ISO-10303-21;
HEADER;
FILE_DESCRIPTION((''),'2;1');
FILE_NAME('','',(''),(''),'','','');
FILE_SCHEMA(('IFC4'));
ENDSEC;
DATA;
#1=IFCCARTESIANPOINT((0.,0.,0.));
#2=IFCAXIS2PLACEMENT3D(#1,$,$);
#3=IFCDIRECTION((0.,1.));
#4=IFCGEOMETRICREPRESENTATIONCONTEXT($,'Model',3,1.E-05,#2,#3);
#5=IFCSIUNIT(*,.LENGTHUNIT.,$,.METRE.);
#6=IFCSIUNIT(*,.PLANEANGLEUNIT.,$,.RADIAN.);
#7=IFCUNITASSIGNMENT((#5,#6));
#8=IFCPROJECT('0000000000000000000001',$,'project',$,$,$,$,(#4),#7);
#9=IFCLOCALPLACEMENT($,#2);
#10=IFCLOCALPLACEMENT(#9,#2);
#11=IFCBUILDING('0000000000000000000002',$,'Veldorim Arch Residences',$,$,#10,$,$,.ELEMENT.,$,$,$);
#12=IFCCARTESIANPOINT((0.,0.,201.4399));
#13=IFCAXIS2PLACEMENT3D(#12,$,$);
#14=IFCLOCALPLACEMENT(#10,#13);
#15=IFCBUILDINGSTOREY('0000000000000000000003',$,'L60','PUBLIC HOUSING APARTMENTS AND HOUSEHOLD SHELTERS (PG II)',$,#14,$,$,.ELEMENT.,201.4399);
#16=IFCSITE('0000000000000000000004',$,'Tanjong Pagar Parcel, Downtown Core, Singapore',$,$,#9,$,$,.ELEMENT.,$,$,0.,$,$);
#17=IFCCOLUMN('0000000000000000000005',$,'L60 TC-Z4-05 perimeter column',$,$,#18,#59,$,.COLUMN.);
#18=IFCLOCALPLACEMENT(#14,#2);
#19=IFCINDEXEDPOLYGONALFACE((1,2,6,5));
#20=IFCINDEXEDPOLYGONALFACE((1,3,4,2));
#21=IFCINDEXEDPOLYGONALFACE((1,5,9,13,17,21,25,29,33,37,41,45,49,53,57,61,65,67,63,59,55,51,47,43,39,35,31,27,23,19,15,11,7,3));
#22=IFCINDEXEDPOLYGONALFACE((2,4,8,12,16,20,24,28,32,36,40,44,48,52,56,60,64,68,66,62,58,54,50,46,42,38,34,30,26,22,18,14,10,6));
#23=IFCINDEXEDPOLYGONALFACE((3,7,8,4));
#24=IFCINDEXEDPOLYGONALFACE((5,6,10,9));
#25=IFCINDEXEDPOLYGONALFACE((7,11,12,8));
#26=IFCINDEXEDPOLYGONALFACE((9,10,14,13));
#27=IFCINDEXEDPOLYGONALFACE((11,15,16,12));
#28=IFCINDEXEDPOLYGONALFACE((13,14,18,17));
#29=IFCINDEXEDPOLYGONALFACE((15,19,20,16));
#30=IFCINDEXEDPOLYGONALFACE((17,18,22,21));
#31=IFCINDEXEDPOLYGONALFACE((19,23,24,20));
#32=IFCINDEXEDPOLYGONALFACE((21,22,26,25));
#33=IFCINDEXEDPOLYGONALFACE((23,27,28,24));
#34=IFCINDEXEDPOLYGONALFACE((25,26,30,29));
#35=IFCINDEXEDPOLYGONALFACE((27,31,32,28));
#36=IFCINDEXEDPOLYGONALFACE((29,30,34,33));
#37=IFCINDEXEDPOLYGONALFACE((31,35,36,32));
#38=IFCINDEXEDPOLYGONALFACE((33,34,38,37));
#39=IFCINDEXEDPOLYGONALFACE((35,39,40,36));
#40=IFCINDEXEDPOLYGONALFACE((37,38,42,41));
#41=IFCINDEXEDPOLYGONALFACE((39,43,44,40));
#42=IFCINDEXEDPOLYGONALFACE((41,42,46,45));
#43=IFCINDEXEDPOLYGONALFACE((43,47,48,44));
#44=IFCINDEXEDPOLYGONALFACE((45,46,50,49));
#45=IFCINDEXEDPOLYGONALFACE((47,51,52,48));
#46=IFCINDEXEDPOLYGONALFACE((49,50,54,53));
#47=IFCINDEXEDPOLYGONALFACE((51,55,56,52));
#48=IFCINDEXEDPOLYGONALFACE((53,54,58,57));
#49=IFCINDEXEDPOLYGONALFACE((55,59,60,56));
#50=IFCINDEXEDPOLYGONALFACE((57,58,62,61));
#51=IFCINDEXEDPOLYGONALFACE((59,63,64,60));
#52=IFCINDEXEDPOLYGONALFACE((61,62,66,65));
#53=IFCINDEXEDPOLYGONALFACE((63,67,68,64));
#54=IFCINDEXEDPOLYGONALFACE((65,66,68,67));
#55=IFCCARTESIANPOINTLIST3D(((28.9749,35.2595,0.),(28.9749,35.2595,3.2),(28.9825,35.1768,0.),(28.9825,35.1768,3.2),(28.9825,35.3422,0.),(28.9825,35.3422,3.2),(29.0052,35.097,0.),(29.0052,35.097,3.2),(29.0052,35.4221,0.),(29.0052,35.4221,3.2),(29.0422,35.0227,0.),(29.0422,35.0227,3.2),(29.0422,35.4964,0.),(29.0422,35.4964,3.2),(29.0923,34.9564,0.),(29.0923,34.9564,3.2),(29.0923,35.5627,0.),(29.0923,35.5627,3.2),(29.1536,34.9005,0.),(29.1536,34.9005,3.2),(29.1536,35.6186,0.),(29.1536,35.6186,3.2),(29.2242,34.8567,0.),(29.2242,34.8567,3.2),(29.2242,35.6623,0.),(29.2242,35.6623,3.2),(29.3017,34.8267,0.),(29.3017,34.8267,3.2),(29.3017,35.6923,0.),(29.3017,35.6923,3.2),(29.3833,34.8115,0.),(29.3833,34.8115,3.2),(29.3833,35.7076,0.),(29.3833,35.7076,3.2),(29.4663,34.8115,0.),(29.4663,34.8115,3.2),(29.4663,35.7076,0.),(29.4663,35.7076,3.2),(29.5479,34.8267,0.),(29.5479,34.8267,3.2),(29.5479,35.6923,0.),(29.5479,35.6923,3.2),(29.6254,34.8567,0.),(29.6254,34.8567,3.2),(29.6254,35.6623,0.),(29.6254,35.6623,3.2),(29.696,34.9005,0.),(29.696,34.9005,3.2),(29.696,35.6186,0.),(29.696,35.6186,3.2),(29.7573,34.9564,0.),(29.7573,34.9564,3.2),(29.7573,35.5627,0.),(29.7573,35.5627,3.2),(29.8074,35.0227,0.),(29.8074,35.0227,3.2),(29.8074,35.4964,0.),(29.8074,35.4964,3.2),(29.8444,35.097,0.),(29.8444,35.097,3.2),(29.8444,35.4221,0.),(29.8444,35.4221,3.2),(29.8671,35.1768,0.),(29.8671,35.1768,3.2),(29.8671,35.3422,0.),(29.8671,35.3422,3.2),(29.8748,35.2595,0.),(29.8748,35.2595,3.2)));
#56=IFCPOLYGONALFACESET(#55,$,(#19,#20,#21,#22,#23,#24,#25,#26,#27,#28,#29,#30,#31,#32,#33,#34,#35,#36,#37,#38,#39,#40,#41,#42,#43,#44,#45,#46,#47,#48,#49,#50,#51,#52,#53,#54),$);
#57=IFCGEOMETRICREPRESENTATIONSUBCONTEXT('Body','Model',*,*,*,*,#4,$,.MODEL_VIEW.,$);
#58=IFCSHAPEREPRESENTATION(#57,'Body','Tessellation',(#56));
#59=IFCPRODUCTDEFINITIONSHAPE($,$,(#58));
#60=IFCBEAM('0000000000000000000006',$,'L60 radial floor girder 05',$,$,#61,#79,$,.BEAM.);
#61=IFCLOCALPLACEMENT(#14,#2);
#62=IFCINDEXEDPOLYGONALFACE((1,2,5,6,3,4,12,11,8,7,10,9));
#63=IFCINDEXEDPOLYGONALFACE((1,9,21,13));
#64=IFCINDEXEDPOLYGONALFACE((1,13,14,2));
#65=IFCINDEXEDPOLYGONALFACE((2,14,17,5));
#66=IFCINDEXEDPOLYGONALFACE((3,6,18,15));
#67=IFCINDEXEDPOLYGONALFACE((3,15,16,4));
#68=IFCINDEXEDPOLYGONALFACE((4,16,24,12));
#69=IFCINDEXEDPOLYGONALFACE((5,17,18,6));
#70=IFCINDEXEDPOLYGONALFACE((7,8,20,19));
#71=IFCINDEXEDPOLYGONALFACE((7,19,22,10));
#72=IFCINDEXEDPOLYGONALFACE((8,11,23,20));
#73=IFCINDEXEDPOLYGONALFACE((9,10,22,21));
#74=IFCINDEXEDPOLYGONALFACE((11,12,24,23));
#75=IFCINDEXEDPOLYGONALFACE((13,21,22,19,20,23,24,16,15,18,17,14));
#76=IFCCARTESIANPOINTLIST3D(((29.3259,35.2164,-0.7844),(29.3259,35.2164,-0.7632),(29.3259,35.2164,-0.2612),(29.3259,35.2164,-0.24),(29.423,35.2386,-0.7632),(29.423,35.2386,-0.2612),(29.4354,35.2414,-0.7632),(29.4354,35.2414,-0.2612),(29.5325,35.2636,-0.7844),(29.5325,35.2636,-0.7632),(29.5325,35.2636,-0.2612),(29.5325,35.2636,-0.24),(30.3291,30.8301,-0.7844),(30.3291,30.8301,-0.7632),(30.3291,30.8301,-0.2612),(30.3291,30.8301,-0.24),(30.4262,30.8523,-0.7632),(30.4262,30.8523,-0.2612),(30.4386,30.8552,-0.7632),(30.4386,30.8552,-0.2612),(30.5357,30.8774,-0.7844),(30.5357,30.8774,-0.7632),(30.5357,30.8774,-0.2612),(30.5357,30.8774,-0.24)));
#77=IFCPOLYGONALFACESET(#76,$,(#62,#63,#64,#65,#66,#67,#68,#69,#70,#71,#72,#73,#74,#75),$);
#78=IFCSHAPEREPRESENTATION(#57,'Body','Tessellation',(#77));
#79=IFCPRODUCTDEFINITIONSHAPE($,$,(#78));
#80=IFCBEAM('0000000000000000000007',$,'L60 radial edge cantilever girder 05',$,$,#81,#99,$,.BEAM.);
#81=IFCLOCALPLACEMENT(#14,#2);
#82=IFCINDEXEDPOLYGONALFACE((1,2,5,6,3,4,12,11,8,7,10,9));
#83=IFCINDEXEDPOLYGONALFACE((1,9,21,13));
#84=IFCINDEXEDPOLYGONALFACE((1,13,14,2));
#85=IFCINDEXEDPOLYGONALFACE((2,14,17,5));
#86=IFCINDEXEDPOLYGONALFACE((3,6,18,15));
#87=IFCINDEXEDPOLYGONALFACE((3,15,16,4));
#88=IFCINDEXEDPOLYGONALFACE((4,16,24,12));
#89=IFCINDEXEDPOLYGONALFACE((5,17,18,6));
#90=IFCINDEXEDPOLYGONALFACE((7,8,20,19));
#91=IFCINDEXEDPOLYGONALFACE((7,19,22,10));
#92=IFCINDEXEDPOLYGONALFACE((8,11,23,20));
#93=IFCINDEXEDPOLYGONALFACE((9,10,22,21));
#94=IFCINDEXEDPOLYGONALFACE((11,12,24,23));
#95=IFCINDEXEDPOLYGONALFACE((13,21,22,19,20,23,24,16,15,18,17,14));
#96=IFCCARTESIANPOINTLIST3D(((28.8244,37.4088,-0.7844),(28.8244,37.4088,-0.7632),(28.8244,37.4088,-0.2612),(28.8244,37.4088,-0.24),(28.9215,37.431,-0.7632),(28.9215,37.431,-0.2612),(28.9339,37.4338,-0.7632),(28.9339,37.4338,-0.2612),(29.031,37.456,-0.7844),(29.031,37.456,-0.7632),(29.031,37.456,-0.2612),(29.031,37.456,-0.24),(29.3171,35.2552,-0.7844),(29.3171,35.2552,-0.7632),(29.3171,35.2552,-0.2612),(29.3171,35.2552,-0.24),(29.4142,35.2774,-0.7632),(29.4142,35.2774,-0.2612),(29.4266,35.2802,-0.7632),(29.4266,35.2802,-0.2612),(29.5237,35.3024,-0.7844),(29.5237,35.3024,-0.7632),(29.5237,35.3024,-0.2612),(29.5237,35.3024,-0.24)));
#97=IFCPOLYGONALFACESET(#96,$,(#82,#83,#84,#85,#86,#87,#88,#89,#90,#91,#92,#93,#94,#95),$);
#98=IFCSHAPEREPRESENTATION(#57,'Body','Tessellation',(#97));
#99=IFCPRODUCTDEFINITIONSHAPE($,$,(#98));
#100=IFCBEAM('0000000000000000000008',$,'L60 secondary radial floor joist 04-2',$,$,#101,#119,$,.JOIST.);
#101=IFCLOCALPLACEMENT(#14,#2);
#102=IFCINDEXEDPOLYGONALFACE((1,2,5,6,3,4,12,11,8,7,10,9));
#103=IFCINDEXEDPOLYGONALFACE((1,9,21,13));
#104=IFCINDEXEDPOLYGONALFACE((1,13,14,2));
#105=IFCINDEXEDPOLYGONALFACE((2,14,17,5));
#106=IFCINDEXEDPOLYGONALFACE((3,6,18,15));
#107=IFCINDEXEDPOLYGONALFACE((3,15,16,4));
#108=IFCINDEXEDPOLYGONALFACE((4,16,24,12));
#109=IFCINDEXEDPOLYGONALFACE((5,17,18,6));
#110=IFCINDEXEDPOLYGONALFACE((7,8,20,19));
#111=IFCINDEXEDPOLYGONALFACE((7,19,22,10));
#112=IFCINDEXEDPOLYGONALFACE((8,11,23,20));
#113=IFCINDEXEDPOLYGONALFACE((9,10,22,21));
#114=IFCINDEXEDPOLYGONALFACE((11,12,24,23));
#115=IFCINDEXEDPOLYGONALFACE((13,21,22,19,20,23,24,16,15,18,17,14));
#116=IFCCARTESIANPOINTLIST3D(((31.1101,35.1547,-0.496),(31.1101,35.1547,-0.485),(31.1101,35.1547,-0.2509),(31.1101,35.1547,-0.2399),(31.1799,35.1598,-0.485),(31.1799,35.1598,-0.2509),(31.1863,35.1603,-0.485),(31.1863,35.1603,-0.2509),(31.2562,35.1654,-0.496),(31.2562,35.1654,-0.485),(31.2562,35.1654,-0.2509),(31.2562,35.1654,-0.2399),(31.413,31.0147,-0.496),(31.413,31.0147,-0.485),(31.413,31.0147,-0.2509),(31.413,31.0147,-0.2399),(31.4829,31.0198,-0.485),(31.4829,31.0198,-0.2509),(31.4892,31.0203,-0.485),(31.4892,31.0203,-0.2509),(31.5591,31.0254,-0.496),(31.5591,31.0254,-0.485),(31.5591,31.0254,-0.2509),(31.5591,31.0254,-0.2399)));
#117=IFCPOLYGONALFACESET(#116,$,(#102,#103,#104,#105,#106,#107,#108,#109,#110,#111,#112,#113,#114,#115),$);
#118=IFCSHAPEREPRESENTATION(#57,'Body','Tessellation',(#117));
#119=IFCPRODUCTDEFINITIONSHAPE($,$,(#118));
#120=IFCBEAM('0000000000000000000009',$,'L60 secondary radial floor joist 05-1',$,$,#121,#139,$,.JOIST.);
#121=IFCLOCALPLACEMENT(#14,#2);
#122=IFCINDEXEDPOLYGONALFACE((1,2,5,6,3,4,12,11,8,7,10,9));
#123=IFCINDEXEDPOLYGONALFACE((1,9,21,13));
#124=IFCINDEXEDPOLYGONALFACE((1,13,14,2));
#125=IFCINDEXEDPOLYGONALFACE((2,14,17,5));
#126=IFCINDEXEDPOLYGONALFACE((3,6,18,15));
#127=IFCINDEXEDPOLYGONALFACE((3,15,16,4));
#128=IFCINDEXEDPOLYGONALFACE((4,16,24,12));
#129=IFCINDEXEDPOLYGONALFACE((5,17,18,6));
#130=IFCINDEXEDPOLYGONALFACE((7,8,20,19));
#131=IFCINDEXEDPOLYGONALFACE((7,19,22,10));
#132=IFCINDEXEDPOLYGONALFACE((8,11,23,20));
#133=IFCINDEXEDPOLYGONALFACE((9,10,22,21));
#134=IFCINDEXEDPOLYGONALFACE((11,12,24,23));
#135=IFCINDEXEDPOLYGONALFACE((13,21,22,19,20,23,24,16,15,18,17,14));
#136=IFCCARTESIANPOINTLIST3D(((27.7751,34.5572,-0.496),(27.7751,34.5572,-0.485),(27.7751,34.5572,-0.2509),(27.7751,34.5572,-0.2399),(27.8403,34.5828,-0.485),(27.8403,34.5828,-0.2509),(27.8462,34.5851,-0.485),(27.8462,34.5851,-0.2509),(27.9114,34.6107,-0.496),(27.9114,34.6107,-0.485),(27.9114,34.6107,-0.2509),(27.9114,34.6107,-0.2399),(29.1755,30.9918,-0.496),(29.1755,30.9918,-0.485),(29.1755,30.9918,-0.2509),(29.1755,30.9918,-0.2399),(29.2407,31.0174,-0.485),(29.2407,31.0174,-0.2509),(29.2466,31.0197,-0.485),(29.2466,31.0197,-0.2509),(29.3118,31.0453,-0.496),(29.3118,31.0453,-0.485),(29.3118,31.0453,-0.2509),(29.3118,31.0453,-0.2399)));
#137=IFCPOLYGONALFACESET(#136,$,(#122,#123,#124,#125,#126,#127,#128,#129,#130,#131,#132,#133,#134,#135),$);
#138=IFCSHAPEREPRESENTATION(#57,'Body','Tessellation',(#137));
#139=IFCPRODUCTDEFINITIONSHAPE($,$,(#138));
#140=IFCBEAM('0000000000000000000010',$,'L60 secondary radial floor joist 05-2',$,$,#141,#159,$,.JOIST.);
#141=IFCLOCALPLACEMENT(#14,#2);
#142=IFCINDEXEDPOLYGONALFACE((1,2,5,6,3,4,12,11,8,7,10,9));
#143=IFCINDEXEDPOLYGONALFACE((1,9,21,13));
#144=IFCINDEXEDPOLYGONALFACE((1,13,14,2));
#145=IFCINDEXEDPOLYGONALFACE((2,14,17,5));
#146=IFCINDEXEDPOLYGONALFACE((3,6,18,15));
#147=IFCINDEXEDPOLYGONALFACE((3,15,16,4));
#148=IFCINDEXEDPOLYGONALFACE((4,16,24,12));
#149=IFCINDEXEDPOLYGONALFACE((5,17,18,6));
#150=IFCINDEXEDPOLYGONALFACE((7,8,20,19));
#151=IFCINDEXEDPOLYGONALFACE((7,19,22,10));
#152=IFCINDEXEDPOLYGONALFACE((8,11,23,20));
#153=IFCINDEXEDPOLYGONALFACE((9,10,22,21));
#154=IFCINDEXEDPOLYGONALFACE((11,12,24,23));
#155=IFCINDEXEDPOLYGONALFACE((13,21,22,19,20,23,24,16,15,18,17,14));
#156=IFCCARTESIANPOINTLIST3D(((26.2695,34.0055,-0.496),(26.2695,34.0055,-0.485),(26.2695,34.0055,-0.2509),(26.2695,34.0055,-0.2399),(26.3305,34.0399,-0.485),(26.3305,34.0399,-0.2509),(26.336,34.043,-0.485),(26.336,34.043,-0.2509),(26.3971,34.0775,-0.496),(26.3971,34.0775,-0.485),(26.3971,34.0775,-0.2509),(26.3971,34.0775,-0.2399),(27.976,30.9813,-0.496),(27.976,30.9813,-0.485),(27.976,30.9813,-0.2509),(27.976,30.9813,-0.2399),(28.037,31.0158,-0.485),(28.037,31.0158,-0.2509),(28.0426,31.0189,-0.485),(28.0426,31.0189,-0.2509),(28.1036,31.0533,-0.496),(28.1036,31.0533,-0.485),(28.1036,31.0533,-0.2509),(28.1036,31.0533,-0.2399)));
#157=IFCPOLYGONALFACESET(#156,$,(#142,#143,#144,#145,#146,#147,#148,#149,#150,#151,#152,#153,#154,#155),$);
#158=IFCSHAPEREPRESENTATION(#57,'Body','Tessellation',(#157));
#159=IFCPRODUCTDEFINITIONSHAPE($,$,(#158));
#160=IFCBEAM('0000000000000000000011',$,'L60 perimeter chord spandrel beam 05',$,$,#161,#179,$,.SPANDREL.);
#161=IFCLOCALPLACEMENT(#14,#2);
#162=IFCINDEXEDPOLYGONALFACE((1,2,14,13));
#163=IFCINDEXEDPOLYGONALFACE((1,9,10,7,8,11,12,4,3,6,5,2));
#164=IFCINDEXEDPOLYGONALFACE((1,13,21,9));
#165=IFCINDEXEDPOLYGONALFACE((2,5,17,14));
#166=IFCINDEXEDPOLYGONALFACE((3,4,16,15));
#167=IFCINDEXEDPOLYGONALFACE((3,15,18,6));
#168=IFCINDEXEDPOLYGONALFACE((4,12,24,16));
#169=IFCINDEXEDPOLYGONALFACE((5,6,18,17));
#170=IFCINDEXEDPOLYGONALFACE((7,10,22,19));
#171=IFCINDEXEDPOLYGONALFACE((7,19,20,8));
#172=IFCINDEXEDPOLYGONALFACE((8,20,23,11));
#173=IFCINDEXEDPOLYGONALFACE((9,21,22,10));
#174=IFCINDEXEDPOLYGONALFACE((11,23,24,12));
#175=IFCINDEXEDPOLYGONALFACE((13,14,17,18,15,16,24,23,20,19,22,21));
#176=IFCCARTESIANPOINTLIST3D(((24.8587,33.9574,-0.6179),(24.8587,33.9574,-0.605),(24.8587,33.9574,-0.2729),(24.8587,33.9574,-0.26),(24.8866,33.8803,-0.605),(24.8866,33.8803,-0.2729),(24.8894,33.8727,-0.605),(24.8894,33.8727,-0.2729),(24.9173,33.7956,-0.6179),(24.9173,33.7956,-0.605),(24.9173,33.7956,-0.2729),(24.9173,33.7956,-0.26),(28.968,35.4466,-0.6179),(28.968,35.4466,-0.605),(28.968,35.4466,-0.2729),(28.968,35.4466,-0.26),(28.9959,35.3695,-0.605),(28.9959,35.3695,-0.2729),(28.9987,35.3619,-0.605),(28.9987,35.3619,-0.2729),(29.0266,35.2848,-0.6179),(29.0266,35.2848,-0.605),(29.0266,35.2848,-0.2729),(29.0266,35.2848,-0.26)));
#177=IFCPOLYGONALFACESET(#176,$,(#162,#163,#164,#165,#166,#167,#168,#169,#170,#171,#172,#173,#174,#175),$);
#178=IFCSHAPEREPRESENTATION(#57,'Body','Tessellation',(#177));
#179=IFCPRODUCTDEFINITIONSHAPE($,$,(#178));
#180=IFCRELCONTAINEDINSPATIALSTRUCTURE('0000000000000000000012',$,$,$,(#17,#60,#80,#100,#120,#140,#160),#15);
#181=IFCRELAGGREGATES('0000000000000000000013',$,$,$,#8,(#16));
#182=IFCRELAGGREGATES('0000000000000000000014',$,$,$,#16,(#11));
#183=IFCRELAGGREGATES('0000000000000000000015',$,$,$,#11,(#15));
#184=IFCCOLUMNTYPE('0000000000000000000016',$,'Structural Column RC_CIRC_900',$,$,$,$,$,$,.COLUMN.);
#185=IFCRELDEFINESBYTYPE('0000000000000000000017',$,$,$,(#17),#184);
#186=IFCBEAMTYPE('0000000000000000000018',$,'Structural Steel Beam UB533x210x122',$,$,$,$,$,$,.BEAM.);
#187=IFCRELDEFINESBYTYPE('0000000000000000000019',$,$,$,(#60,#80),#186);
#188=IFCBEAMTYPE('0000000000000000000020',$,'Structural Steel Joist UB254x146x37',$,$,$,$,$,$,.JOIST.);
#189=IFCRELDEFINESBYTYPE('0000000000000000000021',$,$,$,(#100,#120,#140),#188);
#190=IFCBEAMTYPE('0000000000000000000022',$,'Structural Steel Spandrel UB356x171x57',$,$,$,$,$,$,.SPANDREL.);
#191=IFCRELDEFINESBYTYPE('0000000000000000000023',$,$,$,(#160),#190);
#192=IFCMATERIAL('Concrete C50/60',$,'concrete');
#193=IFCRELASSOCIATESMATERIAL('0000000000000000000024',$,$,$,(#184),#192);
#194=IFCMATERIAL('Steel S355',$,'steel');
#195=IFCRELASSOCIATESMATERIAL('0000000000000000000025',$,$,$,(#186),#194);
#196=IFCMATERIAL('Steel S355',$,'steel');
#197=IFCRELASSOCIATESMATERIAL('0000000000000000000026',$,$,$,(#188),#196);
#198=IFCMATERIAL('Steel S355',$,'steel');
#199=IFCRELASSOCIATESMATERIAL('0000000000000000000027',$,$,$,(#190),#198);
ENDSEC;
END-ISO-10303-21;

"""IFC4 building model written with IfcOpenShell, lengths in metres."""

from ifc_helpers import new_model, si_unit, direction, frame, origin, origin_2d, place, context, subcontext, project, spatial, circle, i_section, extrude, material, material_profile, profile_set, type_object, element, save


model = new_model("IFC4")

# Units and contexts
model_context = context("Model", 3, precision=1e-05, world=origin(), true_north=direction((0.0, 1.0)))
body_context = subcontext(model_context, "Body", "Model", "MODEL_VIEW")
ifc_project = project(units=[si_unit("LENGTHUNIT", "METRE"), si_unit("PLANEANGLEUNIT", "RADIAN")], contexts=[model_context])

# Site, building, storey
site_placement = place(None, origin())
site = spatial("IfcSite", under=ifc_project, at=site_placement, Name="Tanjong Pagar Parcel, Downtown Core, Singapore", CompositionType="ELEMENT", RefElevation=0.0)
building_placement = place(site_placement, origin())
building = spatial("IfcBuilding", under=site, at=building_placement, Name="Veldorim Arch Residences", CompositionType="ELEMENT")
storey_placement = place(building_placement, frame((0.0, 0.0, 201.4399)))
storey = spatial("IfcBuildingStorey", under=building, at=storey_placement, Name="L60", Description="PUBLIC HOUSING APARTMENTS AND HOUSEHOLD SHELTERS (PG II)", CompositionType="ELEMENT", Elevation=201.4399)

# Column
ifc_material_1 = material(Name="Concrete C50/60", Category="concrete")
ifc_material_profile_1 = material_profile(ifc_material_1, circle(Radius=0.45, at=origin_2d()), Name="RC_CIRC_900")
ifc_profile_set_1 = profile_set([ifc_material_profile_1], Name="Concrete C50/60")
column_type = type_object("IfcColumnType", Name="Structural Column RC_CIRC_900", PredefinedType="COLUMN", material=ifc_profile_set_1)
column_placement = place(storey_placement, frame((29.4248, 35.2595, 0.0), z_axis=(0.0, 0.0, 1.0), x_axis=(1.0, 0.0, 0.0)))
element("IfcColumn", 1, at=column_placement, inside=storey, type_object=column_type, Name="L60 TC-Z4-05 perimeter column", PredefinedType="COLUMN", context=body_context, shape_type="SweptSolid", body=[
    extrude(circle(Radius=0.45, at=origin_2d()), origin(), (0.0, 0.0, 1.0), 3.2),
])

# Beams
ifc_material_2 = material(Name="Steel S355", Category="steel")
ifc_material_profile_2 = material_profile(ifc_material_2, i_section(OverallWidth=0.2119, OverallDepth=0.5444, WebThickness=0.0127, FlangeThickness=0.0212, at=origin_2d()), Name="UB533x210x122")
ifc_profile_set_2 = profile_set([ifc_material_profile_2], Name="Steel S355")
beam_type_1 = type_object("IfcBeamType", Name="Structural Steel Beam UB533x210x122", PredefinedType="BEAM", material=ifc_profile_set_2)
beam_1_placement = place(storey_placement, frame((30.4324, 30.8538, -0.5122), z_axis=(-0.222953, 0.974829, 0.0), x_axis=(-0.974829, -0.222953, 0.0)))
element("IfcBeam", 2, at=beam_1_placement, inside=storey, type_object=beam_type_1, Name="L60 radial floor girder 05", PredefinedType="BEAM", context=body_context, shape_type="SweptSolid", body=[
    extrude(i_section(OverallWidth=0.2119, OverallDepth=0.5444, WebThickness=0.0127, FlangeThickness=0.0212, at=origin_2d()), origin(), (0.0, 0.0, 1.0), 4.4995),
])
beam_2_placement = place(storey_placement, frame((29.4204, 35.2788, -0.5122), z_axis=(-0.223011, 0.974816, 0.0), x_axis=(-0.974816, -0.223011, 0.0)))
element("IfcBeam", 3, at=beam_2_placement, inside=storey, type_object=beam_type_1, Name="L60 radial edge cantilever girder 05", PredefinedType="BEAM", context=body_context, shape_type="SweptSolid", body=[
    extrude(i_section(OverallWidth=0.2119, OverallDepth=0.5444, WebThickness=0.0127, FlangeThickness=0.0212, at=origin_2d()), origin(), (0.0, 0.0, 1.0), 2.2092),
])
ifc_material_3 = material(Name="Steel S355", Category="steel")
ifc_material_profile_3 = material_profile(ifc_material_3, i_section(OverallWidth=0.1465, OverallDepth=0.2561, WebThickness=0.0063, FlangeThickness=0.011, at=origin_2d()), Name="UB254x146x37")
ifc_profile_set_3 = profile_set([ifc_material_profile_3], Name="Steel S355")
beam_type_2 = type_object("IfcBeamType", Name="Structural Steel Joist UB254x146x37", PredefinedType="JOIST", material=ifc_profile_set_3)
beam_3_placement = place(storey_placement, frame((31.4861, 31.02, -0.3679), z_axis=(-0.072986, 0.997333, 0.0), x_axis=(-0.997333, -0.072986, 0.0)))
element("IfcBeam", 4, at=beam_3_placement, inside=storey, type_object=beam_type_2, Name="L60 secondary radial floor joist 04-2", PredefinedType="JOIST", context=body_context, shape_type="SweptSolid", body=[
    extrude(i_section(OverallWidth=0.1465, OverallDepth=0.2561, WebThickness=0.0063, FlangeThickness=0.011, at=origin_2d()), origin(), (0.0, 0.0, 1.0), 4.1511),
])
beam_4_placement = place(storey_placement, frame((29.2437, 31.0186, -0.3679), z_axis=(-0.365581, 0.930779, 0.0), x_axis=(-0.930779, -0.365581, 0.0)))
element("IfcBeam", 5, at=beam_4_placement, inside=storey, type_object=beam_type_2, Name="L60 secondary radial floor joist 05-1", PredefinedType="JOIST", context=body_context, shape_type="SweptSolid", body=[
    extrude(i_section(OverallWidth=0.1465, OverallDepth=0.2561, WebThickness=0.0063, FlangeThickness=0.011, at=origin_2d()), origin(), (0.0, 0.0, 1.0), 3.8306),
])
beam_5_placement = place(storey_placement, frame((28.0398, 31.0173, -0.3679), z_axis=(-0.491452, 0.870904, 0.0), x_axis=(-0.870904, -0.491452, 0.0)))
element("IfcBeam", 6, at=beam_5_placement, inside=storey, type_object=beam_type_2, Name="L60 secondary radial floor joist 05-2", PredefinedType="JOIST", context=body_context, shape_type="SweptSolid", body=[
    extrude(i_section(OverallWidth=0.1465, OverallDepth=0.2561, WebThickness=0.0063, FlangeThickness=0.011, at=origin_2d()), origin(), (0.0, 0.0, 1.0), 3.4724),
])
ifc_material_4 = material(Name="Steel S355", Category="steel")
ifc_material_profile_4 = material_profile(ifc_material_4, i_section(OverallWidth=0.1721, OverallDepth=0.3579, WebThickness=0.0081, FlangeThickness=0.0129, at=origin_2d()), Name="UB356x171x57")
ifc_profile_set_4 = profile_set([ifc_material_profile_4], Name="Steel S355")
beam_type_3 = type_object("IfcBeamType", Name="Structural Steel Spandrel UB356x171x57", PredefinedType="SPANDREL", material=ifc_profile_set_4)
beam_6_placement = place(storey_placement, frame((28.9973, 35.3657, -0.439), z_axis=(-0.940165, -0.34072, 0.0), x_axis=(0.34072, -0.940165, 0.0)))
element("IfcBeam", 7, at=beam_6_placement, inside=storey, type_object=beam_type_3, Name="L60 perimeter chord spandrel beam 05", PredefinedType="SPANDREL", context=body_context, shape_type="SweptSolid", body=[
    extrude(i_section(OverallWidth=0.1721, OverallDepth=0.3579, WebThickness=0.0081, FlangeThickness=0.0129, at=origin_2d()), origin(), (0.0, 0.0, 1.0), 4.3708),
])

save(model, "model.ifc")
